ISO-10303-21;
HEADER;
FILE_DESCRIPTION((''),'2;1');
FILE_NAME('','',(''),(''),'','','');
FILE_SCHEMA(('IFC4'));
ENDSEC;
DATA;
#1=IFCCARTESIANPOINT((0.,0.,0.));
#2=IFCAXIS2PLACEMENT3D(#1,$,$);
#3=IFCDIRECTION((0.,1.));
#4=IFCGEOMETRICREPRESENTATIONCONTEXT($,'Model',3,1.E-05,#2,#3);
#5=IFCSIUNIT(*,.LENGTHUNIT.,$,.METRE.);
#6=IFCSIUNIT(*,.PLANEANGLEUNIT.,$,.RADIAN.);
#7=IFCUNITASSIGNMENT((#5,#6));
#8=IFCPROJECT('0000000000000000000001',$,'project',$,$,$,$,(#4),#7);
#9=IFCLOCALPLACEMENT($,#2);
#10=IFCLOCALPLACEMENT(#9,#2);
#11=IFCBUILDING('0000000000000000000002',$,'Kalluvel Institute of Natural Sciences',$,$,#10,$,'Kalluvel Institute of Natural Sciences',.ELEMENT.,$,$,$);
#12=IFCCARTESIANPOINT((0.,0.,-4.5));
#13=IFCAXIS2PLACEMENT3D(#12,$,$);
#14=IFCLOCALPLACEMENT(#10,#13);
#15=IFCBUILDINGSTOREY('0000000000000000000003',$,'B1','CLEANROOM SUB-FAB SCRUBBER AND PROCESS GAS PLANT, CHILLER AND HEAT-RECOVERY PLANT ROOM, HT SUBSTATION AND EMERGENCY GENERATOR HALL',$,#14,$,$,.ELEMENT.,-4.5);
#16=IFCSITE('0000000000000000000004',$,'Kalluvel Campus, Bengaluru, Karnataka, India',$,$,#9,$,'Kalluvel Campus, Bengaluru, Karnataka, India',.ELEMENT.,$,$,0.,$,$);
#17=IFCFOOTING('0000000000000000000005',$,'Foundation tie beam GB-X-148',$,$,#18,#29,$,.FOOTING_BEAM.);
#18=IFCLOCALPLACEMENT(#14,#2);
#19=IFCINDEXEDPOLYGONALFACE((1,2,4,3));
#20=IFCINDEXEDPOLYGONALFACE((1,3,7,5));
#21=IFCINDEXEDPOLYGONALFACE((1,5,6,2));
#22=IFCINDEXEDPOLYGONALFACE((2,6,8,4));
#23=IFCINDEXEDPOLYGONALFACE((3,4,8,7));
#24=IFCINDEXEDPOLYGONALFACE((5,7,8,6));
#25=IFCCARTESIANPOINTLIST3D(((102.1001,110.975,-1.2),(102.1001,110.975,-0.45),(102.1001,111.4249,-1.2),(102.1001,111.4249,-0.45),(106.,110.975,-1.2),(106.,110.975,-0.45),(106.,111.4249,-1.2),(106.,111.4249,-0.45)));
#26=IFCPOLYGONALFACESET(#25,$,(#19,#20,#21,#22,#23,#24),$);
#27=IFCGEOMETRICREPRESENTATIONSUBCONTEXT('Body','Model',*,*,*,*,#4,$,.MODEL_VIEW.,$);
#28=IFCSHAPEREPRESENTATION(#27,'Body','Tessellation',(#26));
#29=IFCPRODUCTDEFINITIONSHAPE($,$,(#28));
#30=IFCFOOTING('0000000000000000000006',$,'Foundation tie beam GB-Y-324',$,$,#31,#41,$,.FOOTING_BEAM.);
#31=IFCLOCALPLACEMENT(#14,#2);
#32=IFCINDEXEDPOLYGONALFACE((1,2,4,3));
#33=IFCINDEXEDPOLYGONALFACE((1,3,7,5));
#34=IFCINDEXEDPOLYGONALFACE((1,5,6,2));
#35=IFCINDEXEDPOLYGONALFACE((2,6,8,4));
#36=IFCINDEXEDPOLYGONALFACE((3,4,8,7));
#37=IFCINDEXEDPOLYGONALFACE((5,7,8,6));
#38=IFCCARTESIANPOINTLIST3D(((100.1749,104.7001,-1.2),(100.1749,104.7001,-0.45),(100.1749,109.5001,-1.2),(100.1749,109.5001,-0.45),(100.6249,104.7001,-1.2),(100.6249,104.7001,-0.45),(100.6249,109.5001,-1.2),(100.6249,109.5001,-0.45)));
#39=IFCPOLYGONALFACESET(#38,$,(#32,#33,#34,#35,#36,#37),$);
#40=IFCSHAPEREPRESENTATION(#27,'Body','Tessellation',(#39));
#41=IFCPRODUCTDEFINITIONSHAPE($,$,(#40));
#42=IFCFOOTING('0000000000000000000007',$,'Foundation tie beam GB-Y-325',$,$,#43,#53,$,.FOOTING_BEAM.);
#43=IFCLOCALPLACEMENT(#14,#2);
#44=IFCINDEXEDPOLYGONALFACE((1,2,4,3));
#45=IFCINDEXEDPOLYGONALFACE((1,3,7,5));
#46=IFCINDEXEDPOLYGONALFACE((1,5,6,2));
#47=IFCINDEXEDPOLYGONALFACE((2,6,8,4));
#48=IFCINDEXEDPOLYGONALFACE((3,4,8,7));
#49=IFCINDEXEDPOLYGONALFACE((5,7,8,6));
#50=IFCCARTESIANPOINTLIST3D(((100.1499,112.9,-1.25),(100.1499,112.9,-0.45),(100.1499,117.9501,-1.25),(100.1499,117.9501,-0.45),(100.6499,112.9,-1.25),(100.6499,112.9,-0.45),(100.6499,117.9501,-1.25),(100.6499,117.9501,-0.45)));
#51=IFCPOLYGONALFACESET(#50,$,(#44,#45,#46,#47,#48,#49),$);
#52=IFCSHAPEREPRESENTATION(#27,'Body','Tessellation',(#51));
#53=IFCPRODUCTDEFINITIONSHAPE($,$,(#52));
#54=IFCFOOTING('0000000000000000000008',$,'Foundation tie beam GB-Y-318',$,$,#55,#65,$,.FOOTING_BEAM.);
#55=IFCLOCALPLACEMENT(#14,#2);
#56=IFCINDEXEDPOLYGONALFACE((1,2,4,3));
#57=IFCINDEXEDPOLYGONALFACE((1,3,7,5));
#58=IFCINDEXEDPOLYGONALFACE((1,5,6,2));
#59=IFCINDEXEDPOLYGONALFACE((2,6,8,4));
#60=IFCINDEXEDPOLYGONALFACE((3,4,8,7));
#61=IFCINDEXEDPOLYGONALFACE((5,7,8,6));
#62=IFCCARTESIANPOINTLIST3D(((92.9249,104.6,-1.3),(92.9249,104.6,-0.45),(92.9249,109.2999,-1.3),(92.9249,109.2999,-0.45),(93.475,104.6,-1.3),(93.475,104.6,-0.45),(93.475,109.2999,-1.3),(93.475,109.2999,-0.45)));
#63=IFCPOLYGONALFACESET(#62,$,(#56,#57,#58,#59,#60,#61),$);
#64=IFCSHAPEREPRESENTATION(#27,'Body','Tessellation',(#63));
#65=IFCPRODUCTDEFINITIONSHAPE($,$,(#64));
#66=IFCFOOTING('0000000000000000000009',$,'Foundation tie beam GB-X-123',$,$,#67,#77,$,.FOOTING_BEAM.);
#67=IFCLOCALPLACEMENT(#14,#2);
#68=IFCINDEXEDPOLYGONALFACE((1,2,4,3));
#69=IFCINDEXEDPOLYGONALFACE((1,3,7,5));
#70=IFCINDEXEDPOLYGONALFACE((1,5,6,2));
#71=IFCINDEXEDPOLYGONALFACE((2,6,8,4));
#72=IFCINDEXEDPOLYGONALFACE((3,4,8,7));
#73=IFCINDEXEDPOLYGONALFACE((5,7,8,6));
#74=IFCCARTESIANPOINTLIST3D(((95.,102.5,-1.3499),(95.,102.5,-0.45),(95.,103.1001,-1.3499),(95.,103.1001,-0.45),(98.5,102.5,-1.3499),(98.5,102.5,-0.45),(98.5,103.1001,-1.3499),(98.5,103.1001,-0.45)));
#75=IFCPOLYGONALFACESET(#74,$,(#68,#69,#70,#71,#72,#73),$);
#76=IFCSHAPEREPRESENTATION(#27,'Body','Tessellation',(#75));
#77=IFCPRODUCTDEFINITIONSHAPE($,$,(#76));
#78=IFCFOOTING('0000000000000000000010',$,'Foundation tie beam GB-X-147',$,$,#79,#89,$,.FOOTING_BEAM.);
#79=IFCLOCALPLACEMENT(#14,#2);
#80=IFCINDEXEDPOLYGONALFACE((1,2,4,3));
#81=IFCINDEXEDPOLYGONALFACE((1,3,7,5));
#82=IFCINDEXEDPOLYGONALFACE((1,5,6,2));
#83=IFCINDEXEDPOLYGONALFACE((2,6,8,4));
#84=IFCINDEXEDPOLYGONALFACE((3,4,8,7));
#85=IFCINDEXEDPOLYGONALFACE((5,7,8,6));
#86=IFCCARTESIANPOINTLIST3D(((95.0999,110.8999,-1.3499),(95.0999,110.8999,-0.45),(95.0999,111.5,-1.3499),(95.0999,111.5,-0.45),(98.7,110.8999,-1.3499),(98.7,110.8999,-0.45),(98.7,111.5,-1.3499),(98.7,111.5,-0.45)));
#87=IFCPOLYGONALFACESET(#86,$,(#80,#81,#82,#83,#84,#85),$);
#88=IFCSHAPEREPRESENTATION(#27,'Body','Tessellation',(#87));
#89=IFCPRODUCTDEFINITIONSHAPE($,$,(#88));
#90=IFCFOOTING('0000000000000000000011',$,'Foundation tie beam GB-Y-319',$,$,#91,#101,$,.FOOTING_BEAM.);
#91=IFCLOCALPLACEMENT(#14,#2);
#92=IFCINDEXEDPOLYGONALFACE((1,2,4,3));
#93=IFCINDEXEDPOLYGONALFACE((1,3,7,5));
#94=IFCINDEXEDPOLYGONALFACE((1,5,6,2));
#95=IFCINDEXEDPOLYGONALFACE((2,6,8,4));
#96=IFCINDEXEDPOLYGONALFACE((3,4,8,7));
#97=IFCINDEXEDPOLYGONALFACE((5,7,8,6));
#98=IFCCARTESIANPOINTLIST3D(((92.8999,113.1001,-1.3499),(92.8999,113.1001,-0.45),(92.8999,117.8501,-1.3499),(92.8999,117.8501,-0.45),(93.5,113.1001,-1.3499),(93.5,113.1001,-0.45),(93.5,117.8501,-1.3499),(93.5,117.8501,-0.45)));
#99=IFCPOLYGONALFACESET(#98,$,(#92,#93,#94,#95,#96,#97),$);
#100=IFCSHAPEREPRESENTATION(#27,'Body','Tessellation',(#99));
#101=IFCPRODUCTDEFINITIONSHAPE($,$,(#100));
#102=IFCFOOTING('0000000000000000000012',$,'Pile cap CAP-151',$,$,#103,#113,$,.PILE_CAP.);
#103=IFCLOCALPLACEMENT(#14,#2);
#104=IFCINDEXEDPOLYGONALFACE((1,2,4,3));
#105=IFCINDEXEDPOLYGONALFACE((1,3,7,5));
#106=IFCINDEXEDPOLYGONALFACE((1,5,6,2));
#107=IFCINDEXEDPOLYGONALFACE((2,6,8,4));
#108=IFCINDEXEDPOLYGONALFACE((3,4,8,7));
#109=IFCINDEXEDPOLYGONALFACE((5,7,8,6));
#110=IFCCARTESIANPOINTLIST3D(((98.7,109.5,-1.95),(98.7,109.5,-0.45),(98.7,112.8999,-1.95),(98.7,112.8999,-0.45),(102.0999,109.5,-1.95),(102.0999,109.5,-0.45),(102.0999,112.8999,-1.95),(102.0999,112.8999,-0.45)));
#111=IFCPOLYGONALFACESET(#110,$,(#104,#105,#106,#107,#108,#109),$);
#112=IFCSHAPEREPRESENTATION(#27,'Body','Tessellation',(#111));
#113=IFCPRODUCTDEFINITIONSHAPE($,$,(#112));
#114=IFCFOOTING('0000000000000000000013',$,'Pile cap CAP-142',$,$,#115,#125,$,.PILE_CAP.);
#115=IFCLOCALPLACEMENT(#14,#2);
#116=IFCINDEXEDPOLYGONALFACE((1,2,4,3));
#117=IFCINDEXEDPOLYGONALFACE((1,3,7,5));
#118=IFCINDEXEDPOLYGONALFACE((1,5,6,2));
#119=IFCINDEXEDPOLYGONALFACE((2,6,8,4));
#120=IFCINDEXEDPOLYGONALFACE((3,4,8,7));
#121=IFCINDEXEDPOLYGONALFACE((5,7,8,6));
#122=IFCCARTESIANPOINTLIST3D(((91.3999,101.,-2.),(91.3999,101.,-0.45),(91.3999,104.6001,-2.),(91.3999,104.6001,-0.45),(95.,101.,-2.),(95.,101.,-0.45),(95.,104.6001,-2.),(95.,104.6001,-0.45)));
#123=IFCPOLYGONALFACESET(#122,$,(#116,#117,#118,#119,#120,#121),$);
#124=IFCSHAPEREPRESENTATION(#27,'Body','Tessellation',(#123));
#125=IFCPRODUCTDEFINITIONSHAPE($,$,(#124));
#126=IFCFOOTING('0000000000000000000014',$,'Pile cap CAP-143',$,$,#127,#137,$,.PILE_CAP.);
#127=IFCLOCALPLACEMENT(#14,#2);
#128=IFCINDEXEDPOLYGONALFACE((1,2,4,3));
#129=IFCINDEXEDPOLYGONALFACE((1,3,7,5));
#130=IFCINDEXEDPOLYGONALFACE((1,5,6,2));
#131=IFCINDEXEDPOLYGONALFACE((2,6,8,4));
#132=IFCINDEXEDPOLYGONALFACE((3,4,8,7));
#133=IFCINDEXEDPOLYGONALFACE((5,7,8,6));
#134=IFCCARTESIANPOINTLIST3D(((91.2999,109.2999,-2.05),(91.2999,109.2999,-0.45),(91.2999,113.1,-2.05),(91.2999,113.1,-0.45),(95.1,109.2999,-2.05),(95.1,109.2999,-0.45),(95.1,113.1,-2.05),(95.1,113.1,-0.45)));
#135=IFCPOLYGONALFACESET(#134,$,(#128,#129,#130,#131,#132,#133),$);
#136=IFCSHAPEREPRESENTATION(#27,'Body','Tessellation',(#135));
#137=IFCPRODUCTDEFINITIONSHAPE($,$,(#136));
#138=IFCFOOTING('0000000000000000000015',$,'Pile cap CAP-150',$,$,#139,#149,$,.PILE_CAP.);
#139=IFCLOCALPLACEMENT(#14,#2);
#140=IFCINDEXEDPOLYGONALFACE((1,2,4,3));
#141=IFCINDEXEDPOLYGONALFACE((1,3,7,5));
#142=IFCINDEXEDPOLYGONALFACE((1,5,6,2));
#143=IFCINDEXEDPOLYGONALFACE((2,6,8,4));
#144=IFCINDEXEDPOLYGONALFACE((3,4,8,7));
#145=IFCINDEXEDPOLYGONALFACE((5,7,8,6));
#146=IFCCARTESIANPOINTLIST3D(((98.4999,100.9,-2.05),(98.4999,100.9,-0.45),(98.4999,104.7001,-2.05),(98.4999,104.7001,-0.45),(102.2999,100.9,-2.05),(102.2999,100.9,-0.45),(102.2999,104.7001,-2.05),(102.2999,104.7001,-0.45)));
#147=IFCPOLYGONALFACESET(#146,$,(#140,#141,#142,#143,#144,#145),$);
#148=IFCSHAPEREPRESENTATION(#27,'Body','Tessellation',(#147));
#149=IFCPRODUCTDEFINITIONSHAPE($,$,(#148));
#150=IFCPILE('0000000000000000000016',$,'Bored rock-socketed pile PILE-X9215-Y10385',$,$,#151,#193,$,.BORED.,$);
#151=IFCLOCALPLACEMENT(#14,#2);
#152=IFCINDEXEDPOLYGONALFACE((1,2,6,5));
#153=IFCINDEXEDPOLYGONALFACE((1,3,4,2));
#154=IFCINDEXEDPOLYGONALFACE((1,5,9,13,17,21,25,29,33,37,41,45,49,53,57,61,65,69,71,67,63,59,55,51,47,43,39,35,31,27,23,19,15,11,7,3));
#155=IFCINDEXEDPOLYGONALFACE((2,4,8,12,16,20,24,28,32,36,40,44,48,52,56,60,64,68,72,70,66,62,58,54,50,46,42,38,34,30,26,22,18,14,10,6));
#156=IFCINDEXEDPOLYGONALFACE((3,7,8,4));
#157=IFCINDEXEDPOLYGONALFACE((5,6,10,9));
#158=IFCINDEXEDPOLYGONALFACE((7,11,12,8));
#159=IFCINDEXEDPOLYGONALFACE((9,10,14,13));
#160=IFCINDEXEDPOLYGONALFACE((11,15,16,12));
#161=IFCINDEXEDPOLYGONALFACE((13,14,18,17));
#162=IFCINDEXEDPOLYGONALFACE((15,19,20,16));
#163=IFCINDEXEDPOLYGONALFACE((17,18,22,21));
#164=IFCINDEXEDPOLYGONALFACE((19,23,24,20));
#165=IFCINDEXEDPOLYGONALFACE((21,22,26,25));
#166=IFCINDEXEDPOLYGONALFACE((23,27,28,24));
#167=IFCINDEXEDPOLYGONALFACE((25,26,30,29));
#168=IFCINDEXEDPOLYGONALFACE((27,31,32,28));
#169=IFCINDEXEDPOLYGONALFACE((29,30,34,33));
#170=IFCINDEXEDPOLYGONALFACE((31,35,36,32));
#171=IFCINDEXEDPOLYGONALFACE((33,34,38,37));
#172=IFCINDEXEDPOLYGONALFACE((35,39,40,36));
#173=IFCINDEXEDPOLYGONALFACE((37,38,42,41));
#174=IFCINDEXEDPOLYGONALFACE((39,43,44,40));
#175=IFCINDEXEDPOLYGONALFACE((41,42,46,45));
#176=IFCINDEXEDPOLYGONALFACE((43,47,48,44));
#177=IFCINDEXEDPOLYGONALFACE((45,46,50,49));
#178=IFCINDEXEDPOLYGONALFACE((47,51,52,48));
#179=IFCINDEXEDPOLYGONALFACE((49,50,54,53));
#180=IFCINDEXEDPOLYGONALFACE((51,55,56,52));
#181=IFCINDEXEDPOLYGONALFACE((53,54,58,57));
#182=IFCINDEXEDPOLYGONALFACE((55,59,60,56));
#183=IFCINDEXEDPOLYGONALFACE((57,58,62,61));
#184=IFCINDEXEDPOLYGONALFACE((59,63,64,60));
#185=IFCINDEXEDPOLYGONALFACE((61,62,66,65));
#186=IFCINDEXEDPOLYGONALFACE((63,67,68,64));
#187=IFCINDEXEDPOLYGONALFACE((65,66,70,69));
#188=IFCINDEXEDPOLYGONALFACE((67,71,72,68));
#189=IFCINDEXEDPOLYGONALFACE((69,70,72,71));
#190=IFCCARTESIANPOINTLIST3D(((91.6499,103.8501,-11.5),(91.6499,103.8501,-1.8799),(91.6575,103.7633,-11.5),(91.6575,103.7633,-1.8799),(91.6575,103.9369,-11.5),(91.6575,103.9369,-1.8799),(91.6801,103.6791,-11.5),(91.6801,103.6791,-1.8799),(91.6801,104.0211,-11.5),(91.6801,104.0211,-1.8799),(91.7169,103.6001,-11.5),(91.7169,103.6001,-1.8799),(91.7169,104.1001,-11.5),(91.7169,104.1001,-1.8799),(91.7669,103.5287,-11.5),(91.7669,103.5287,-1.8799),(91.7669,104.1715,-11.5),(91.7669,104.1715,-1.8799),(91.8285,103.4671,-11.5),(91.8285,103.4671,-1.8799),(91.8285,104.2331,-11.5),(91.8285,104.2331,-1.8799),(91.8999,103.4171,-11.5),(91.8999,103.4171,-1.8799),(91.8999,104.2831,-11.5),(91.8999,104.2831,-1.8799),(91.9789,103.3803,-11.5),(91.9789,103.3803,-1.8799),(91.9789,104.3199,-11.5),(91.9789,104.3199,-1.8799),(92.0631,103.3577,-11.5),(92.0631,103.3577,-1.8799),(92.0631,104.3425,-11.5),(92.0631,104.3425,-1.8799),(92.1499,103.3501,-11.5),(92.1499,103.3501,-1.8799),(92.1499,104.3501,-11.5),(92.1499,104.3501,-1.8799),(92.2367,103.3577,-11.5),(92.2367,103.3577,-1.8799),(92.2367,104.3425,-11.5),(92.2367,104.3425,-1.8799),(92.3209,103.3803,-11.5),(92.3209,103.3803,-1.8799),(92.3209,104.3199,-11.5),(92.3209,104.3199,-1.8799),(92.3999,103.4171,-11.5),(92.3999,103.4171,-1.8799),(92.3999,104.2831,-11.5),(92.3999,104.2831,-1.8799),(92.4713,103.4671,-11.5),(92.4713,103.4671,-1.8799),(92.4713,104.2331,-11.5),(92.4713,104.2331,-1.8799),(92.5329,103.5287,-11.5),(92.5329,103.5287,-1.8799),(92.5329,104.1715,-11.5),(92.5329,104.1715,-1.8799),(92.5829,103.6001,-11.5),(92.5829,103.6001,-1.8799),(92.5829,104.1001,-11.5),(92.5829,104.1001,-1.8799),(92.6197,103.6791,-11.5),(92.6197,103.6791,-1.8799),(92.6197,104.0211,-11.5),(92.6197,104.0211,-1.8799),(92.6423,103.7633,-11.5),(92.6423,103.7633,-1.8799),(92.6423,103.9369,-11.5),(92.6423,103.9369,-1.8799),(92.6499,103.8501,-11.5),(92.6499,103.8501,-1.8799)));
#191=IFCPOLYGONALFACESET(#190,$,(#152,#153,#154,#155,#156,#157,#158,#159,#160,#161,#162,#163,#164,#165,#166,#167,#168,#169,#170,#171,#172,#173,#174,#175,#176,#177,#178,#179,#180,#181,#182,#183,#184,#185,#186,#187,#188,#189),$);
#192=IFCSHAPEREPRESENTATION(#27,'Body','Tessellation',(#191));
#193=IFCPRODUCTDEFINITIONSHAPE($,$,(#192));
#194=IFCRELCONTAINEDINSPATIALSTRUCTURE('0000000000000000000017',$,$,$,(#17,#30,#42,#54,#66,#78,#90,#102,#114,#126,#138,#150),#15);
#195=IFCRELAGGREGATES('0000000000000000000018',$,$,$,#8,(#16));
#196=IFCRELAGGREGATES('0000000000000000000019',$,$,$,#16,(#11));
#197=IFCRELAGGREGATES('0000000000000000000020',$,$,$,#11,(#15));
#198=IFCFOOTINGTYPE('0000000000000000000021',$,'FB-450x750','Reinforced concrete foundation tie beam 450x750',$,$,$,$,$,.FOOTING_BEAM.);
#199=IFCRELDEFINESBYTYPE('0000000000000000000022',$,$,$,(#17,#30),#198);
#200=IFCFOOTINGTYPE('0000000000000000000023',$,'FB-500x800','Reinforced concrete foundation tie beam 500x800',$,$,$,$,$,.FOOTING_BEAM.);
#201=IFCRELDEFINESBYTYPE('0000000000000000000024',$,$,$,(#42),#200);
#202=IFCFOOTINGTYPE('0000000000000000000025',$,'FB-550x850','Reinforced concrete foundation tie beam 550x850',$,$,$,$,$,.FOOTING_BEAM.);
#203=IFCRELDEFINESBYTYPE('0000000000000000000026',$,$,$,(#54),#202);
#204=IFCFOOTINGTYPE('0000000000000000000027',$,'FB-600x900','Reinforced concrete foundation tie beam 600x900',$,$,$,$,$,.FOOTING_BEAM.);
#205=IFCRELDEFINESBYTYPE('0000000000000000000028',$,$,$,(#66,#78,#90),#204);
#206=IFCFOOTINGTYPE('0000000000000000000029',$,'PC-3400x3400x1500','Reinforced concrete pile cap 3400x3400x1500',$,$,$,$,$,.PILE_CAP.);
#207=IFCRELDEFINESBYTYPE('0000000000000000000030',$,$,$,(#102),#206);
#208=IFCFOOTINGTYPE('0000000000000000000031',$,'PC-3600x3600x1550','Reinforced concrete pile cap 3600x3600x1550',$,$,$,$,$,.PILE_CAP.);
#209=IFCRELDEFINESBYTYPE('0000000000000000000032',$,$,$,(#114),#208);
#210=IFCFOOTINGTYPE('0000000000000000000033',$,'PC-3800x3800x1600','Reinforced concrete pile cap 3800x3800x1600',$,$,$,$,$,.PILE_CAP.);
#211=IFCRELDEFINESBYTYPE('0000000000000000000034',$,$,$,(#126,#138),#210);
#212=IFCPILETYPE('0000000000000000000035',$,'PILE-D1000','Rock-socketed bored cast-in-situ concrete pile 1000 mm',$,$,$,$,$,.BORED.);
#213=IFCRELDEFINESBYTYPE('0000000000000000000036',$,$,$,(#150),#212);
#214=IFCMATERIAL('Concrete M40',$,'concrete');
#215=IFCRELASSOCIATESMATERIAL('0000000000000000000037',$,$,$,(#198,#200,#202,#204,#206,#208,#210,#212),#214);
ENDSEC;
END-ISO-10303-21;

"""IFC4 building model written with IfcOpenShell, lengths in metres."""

from ifc_helpers import new_model, si_unit, direction, frame, origin, origin_2d, place, context, subcontext, project, spatial, rectangle, circle, extrude, material, material_profile, profile_set, type_object, element, save


model = new_model("IFC4")

# Units and contexts
model_context = context("Model", 3, precision=1e-05, world=origin(), true_north=direction((0.0, 1.0)))
body_context = subcontext(model_context, "Body", "Model", "MODEL_VIEW")
ifc_project = project(units=[si_unit("LENGTHUNIT", "METRE"), si_unit("PLANEANGLEUNIT", "RADIAN")], contexts=[model_context])

# Site, building, storey
site_placement = place(None, origin())
site = spatial("IfcSite", under=ifc_project, at=site_placement, Name="Kalluvel Campus, Bengaluru, Karnataka, India", LongName="Kalluvel Campus, Bengaluru, Karnataka, India", CompositionType="ELEMENT", RefElevation=0.0)
building_placement = place(site_placement, origin())
building = spatial("IfcBuilding", under=site, at=building_placement, Name="Kalluvel Institute of Natural Sciences", LongName="Kalluvel Institute of Natural Sciences", CompositionType="ELEMENT")
storey_placement = place(building_placement, frame((0.0, 0.0, -4.5)))
storey = spatial("IfcBuildingStorey", under=building, at=storey_placement, Name="B1", Description="CLEANROOM SUB-FAB SCRUBBER AND PROCESS GAS PLANT, CHILLER AND HEAT-RECOVERY PLANT ROOM, HT SUBSTATION AND EMERGENCY GENERATOR HALL", CompositionType="ELEMENT", Elevation=-4.5)

# Footings
ifc_material_1 = material(Name="Concrete M40", Category="concrete")
footing_type_1 = type_object("IfcFootingType", Name="FB-450x750", Description="Reinforced concrete foundation tie beam 450x750", PredefinedType="FOOTING_BEAM", material=ifc_material_1)
footing_1_placement = place(storey_placement, frame((104.05, 111.2, -1.2), z_axis=(0.0, 0.0, 1.0), x_axis=(1.0, 0.0, 0.0)))
element("IfcFooting", 1, at=footing_1_placement, inside=storey, type_object=footing_type_1, Name="Foundation tie beam GB-X-148", PredefinedType="FOOTING_BEAM", context=body_context, shape_type="SweptSolid", body=[
    extrude(rectangle(XDim=3.8999, YDim=0.45, at=origin_2d()), origin(), (0.0, 0.0, 1.0), 0.75),
])
footing_2_placement = place(storey_placement, frame((100.3999, 107.1001, -1.2), z_axis=(0.0, 0.0, 1.0), x_axis=(1.0, 0.0, 0.0)))
element("IfcFooting", 2, at=footing_2_placement, inside=storey, type_object=footing_type_1, Name="Foundation tie beam GB-Y-324", PredefinedType="FOOTING_BEAM", context=body_context, shape_type="SweptSolid", body=[
    extrude(rectangle(XDim=0.45, YDim=4.8, at=origin_2d()), origin(), (0.0, 0.0, 1.0), 0.75),
])
footing_type_2 = type_object("IfcFootingType", Name="FB-500x800", Description="Reinforced concrete foundation tie beam 500x800", PredefinedType="FOOTING_BEAM", material=ifc_material_1)
footing_3_placement = place(storey_placement, frame((100.3999, 115.425, -1.25), z_axis=(0.0, 0.0, 1.0), x_axis=(1.0, 0.0, 0.0)))
element("IfcFooting", 3, at=footing_3_placement, inside=storey, type_object=footing_type_2, Name="Foundation tie beam GB-Y-325", PredefinedType="FOOTING_BEAM", context=body_context, shape_type="SweptSolid", body=[
    extrude(rectangle(XDim=0.5, YDim=5.05, at=origin_2d()), origin(), (0.0, 0.0, 1.0), 0.8),
])
footing_type_3 = type_object("IfcFootingType", Name="FB-550x850", Description="Reinforced concrete foundation tie beam 550x850", PredefinedType="FOOTING_BEAM", material=ifc_material_1)
footing_4_placement = place(storey_placement, frame((93.2, 106.95, -1.3), z_axis=(0.0, 0.0, 1.0), x_axis=(1.0, 0.0, 0.0)))
element("IfcFooting", 4, at=footing_4_placement, inside=storey, type_object=footing_type_3, Name="Foundation tie beam GB-Y-318", PredefinedType="FOOTING_BEAM", context=body_context, shape_type="SweptSolid", body=[
    extrude(rectangle(XDim=0.55, YDim=4.7, at=origin_2d()), origin(), (0.0, 0.0, 1.0), 0.8501),
])
footing_type_4 = type_object("IfcFootingType", Name="FB-600x900", Description="Reinforced concrete foundation tie beam 600x900", PredefinedType="FOOTING_BEAM", material=ifc_material_1)
footing_5_placement = place(storey_placement, frame((96.75, 102.8, -1.3499), z_axis=(0.0, 0.0, 1.0), x_axis=(1.0, 0.0, 0.0)))
element("IfcFooting", 5, at=footing_5_placement, inside=storey, type_object=footing_type_4, Name="Foundation tie beam GB-X-123", PredefinedType="FOOTING_BEAM", context=body_context, shape_type="SweptSolid", body=[
    extrude(rectangle(XDim=3.5, YDim=0.6001, at=origin_2d()), origin(), (0.0, 0.0, 1.0), 0.8999),
])
footing_6_placement = place(storey_placement, frame((96.8999, 111.2, -1.3499), z_axis=(0.0, 0.0, 1.0), x_axis=(1.0, 0.0, 0.0)))
element("IfcFooting", 6, at=footing_6_placement, inside=storey, type_object=footing_type_4, Name="Foundation tie beam GB-X-147", PredefinedType="FOOTING_BEAM", context=body_context, shape_type="SweptSolid", body=[
    extrude(rectangle(XDim=3.6001, YDim=0.6001, at=origin_2d()), origin(), (0.0, 0.0, 1.0), 0.8999),
])
footing_7_placement = place(storey_placement, frame((93.2, 115.4751, -1.3499), z_axis=(0.0, 0.0, 1.0), x_axis=(1.0, 0.0, 0.0)))
element("IfcFooting", 7, at=footing_7_placement, inside=storey, type_object=footing_type_4, Name="Foundation tie beam GB-Y-319", PredefinedType="FOOTING_BEAM", context=body_context, shape_type="SweptSolid", body=[
    extrude(rectangle(XDim=0.6001, YDim=4.75, at=origin_2d()), origin(), (0.0, 0.0, 1.0), 0.8999),
])
footing_type_5 = type_object("IfcFootingType", Name="PC-3400x3400x1500", Description="Reinforced concrete pile cap 3400x3400x1500", PredefinedType="PILE_CAP", material=ifc_material_1)
footing_8_placement = place(storey_placement, frame((100.3999, 111.2, -1.95), z_axis=(0.0, 0.0, 1.0), x_axis=(1.0, 0.0, 0.0)))
element("IfcFooting", 8, at=footing_8_placement, inside=storey, type_object=footing_type_5, Name="Pile cap CAP-151", PredefinedType="PILE_CAP", context=body_context, shape_type="SweptSolid", body=[
    extrude(rectangle(XDim=3.3999, YDim=3.3999, at=origin_2d()), origin(), (0.0, 0.0, 1.0), 1.5),
])
footing_type_6 = type_object("IfcFootingType", Name="PC-3600x3600x1550", Description="Reinforced concrete pile cap 3600x3600x1550", PredefinedType="PILE_CAP", material=ifc_material_1)
footing_9_placement = place(storey_placement, frame((93.2, 102.8, -2.0), z_axis=(0.0, 0.0, 1.0), x_axis=(1.0, 0.0, 0.0)))
element("IfcFooting", 9, at=footing_9_placement, inside=storey, type_object=footing_type_6, Name="Pile cap CAP-142", PredefinedType="PILE_CAP", context=body_context, shape_type="SweptSolid", body=[
    extrude(rectangle(XDim=3.6001, YDim=3.6001, at=origin_2d()), origin(), (0.0, 0.0, 1.0), 1.55),
])
footing_type_7 = type_object("IfcFootingType", Name="PC-3800x3800x1600", Description="Reinforced concrete pile cap 3800x3800x1600", PredefinedType="PILE_CAP", material=ifc_material_1)
for number, where, z_axis, x_axis, name in (
    (10, (93.2, 111.2, -2.05), (0.0, 0.0, 1.0), (1.0, 0.0, 0.0), "Pile cap CAP-143"),
    (11, (100.3999, 102.8, -2.05), (0.0, 0.0, 1.0), (1.0, 0.0, 0.0), "Pile cap CAP-150"),
):
    element("IfcFooting", number, at=place(storey_placement, frame(where, z_axis=z_axis, x_axis=x_axis)), inside=storey, type_object=footing_type_7, Name=name, PredefinedType="PILE_CAP", context=body_context, shape_type="SweptSolid", body=[
        extrude(rectangle(XDim=3.8, YDim=3.8, at=origin_2d()), origin(), (0.0, 0.0, 1.0), 1.6001),
    ])

# Pile
ifc_material_profile_1 = material_profile(ifc_material_1, circle(Radius=0.5, at=origin_2d()), Name="PILE D1000")
ifc_profile_set_1 = profile_set([ifc_material_profile_1], Name="Concrete M40")
pile_type_1 = type_object("IfcPileType", Name="PILE-D1000", Description="Rock-socketed bored cast-in-situ concrete pile 1000 mm", PredefinedType="BORED", material=ifc_profile_set_1)
for number, where, z_axis, x_axis, name in (
    (12, (92.1499, 103.8501, -1.8799), (0.0, 0.0, -1.0), (1.0, 0.0, 0.0), "Bored rock-socketed pile PILE-X9215-Y10385"),
):
    element("IfcPile", number, at=place(storey_placement, frame(where, z_axis=z_axis, x_axis=x_axis)), inside=storey, type_object=pile_type_1, Name=name, PredefinedType="BORED", context=body_context, shape_type="SweptSolid", body=[
        extrude(circle(Radius=0.5, at=origin_2d()), origin(), (0.0, 0.0, 1.0), 9.6201),
    ])

save(model, "model.ifc")
